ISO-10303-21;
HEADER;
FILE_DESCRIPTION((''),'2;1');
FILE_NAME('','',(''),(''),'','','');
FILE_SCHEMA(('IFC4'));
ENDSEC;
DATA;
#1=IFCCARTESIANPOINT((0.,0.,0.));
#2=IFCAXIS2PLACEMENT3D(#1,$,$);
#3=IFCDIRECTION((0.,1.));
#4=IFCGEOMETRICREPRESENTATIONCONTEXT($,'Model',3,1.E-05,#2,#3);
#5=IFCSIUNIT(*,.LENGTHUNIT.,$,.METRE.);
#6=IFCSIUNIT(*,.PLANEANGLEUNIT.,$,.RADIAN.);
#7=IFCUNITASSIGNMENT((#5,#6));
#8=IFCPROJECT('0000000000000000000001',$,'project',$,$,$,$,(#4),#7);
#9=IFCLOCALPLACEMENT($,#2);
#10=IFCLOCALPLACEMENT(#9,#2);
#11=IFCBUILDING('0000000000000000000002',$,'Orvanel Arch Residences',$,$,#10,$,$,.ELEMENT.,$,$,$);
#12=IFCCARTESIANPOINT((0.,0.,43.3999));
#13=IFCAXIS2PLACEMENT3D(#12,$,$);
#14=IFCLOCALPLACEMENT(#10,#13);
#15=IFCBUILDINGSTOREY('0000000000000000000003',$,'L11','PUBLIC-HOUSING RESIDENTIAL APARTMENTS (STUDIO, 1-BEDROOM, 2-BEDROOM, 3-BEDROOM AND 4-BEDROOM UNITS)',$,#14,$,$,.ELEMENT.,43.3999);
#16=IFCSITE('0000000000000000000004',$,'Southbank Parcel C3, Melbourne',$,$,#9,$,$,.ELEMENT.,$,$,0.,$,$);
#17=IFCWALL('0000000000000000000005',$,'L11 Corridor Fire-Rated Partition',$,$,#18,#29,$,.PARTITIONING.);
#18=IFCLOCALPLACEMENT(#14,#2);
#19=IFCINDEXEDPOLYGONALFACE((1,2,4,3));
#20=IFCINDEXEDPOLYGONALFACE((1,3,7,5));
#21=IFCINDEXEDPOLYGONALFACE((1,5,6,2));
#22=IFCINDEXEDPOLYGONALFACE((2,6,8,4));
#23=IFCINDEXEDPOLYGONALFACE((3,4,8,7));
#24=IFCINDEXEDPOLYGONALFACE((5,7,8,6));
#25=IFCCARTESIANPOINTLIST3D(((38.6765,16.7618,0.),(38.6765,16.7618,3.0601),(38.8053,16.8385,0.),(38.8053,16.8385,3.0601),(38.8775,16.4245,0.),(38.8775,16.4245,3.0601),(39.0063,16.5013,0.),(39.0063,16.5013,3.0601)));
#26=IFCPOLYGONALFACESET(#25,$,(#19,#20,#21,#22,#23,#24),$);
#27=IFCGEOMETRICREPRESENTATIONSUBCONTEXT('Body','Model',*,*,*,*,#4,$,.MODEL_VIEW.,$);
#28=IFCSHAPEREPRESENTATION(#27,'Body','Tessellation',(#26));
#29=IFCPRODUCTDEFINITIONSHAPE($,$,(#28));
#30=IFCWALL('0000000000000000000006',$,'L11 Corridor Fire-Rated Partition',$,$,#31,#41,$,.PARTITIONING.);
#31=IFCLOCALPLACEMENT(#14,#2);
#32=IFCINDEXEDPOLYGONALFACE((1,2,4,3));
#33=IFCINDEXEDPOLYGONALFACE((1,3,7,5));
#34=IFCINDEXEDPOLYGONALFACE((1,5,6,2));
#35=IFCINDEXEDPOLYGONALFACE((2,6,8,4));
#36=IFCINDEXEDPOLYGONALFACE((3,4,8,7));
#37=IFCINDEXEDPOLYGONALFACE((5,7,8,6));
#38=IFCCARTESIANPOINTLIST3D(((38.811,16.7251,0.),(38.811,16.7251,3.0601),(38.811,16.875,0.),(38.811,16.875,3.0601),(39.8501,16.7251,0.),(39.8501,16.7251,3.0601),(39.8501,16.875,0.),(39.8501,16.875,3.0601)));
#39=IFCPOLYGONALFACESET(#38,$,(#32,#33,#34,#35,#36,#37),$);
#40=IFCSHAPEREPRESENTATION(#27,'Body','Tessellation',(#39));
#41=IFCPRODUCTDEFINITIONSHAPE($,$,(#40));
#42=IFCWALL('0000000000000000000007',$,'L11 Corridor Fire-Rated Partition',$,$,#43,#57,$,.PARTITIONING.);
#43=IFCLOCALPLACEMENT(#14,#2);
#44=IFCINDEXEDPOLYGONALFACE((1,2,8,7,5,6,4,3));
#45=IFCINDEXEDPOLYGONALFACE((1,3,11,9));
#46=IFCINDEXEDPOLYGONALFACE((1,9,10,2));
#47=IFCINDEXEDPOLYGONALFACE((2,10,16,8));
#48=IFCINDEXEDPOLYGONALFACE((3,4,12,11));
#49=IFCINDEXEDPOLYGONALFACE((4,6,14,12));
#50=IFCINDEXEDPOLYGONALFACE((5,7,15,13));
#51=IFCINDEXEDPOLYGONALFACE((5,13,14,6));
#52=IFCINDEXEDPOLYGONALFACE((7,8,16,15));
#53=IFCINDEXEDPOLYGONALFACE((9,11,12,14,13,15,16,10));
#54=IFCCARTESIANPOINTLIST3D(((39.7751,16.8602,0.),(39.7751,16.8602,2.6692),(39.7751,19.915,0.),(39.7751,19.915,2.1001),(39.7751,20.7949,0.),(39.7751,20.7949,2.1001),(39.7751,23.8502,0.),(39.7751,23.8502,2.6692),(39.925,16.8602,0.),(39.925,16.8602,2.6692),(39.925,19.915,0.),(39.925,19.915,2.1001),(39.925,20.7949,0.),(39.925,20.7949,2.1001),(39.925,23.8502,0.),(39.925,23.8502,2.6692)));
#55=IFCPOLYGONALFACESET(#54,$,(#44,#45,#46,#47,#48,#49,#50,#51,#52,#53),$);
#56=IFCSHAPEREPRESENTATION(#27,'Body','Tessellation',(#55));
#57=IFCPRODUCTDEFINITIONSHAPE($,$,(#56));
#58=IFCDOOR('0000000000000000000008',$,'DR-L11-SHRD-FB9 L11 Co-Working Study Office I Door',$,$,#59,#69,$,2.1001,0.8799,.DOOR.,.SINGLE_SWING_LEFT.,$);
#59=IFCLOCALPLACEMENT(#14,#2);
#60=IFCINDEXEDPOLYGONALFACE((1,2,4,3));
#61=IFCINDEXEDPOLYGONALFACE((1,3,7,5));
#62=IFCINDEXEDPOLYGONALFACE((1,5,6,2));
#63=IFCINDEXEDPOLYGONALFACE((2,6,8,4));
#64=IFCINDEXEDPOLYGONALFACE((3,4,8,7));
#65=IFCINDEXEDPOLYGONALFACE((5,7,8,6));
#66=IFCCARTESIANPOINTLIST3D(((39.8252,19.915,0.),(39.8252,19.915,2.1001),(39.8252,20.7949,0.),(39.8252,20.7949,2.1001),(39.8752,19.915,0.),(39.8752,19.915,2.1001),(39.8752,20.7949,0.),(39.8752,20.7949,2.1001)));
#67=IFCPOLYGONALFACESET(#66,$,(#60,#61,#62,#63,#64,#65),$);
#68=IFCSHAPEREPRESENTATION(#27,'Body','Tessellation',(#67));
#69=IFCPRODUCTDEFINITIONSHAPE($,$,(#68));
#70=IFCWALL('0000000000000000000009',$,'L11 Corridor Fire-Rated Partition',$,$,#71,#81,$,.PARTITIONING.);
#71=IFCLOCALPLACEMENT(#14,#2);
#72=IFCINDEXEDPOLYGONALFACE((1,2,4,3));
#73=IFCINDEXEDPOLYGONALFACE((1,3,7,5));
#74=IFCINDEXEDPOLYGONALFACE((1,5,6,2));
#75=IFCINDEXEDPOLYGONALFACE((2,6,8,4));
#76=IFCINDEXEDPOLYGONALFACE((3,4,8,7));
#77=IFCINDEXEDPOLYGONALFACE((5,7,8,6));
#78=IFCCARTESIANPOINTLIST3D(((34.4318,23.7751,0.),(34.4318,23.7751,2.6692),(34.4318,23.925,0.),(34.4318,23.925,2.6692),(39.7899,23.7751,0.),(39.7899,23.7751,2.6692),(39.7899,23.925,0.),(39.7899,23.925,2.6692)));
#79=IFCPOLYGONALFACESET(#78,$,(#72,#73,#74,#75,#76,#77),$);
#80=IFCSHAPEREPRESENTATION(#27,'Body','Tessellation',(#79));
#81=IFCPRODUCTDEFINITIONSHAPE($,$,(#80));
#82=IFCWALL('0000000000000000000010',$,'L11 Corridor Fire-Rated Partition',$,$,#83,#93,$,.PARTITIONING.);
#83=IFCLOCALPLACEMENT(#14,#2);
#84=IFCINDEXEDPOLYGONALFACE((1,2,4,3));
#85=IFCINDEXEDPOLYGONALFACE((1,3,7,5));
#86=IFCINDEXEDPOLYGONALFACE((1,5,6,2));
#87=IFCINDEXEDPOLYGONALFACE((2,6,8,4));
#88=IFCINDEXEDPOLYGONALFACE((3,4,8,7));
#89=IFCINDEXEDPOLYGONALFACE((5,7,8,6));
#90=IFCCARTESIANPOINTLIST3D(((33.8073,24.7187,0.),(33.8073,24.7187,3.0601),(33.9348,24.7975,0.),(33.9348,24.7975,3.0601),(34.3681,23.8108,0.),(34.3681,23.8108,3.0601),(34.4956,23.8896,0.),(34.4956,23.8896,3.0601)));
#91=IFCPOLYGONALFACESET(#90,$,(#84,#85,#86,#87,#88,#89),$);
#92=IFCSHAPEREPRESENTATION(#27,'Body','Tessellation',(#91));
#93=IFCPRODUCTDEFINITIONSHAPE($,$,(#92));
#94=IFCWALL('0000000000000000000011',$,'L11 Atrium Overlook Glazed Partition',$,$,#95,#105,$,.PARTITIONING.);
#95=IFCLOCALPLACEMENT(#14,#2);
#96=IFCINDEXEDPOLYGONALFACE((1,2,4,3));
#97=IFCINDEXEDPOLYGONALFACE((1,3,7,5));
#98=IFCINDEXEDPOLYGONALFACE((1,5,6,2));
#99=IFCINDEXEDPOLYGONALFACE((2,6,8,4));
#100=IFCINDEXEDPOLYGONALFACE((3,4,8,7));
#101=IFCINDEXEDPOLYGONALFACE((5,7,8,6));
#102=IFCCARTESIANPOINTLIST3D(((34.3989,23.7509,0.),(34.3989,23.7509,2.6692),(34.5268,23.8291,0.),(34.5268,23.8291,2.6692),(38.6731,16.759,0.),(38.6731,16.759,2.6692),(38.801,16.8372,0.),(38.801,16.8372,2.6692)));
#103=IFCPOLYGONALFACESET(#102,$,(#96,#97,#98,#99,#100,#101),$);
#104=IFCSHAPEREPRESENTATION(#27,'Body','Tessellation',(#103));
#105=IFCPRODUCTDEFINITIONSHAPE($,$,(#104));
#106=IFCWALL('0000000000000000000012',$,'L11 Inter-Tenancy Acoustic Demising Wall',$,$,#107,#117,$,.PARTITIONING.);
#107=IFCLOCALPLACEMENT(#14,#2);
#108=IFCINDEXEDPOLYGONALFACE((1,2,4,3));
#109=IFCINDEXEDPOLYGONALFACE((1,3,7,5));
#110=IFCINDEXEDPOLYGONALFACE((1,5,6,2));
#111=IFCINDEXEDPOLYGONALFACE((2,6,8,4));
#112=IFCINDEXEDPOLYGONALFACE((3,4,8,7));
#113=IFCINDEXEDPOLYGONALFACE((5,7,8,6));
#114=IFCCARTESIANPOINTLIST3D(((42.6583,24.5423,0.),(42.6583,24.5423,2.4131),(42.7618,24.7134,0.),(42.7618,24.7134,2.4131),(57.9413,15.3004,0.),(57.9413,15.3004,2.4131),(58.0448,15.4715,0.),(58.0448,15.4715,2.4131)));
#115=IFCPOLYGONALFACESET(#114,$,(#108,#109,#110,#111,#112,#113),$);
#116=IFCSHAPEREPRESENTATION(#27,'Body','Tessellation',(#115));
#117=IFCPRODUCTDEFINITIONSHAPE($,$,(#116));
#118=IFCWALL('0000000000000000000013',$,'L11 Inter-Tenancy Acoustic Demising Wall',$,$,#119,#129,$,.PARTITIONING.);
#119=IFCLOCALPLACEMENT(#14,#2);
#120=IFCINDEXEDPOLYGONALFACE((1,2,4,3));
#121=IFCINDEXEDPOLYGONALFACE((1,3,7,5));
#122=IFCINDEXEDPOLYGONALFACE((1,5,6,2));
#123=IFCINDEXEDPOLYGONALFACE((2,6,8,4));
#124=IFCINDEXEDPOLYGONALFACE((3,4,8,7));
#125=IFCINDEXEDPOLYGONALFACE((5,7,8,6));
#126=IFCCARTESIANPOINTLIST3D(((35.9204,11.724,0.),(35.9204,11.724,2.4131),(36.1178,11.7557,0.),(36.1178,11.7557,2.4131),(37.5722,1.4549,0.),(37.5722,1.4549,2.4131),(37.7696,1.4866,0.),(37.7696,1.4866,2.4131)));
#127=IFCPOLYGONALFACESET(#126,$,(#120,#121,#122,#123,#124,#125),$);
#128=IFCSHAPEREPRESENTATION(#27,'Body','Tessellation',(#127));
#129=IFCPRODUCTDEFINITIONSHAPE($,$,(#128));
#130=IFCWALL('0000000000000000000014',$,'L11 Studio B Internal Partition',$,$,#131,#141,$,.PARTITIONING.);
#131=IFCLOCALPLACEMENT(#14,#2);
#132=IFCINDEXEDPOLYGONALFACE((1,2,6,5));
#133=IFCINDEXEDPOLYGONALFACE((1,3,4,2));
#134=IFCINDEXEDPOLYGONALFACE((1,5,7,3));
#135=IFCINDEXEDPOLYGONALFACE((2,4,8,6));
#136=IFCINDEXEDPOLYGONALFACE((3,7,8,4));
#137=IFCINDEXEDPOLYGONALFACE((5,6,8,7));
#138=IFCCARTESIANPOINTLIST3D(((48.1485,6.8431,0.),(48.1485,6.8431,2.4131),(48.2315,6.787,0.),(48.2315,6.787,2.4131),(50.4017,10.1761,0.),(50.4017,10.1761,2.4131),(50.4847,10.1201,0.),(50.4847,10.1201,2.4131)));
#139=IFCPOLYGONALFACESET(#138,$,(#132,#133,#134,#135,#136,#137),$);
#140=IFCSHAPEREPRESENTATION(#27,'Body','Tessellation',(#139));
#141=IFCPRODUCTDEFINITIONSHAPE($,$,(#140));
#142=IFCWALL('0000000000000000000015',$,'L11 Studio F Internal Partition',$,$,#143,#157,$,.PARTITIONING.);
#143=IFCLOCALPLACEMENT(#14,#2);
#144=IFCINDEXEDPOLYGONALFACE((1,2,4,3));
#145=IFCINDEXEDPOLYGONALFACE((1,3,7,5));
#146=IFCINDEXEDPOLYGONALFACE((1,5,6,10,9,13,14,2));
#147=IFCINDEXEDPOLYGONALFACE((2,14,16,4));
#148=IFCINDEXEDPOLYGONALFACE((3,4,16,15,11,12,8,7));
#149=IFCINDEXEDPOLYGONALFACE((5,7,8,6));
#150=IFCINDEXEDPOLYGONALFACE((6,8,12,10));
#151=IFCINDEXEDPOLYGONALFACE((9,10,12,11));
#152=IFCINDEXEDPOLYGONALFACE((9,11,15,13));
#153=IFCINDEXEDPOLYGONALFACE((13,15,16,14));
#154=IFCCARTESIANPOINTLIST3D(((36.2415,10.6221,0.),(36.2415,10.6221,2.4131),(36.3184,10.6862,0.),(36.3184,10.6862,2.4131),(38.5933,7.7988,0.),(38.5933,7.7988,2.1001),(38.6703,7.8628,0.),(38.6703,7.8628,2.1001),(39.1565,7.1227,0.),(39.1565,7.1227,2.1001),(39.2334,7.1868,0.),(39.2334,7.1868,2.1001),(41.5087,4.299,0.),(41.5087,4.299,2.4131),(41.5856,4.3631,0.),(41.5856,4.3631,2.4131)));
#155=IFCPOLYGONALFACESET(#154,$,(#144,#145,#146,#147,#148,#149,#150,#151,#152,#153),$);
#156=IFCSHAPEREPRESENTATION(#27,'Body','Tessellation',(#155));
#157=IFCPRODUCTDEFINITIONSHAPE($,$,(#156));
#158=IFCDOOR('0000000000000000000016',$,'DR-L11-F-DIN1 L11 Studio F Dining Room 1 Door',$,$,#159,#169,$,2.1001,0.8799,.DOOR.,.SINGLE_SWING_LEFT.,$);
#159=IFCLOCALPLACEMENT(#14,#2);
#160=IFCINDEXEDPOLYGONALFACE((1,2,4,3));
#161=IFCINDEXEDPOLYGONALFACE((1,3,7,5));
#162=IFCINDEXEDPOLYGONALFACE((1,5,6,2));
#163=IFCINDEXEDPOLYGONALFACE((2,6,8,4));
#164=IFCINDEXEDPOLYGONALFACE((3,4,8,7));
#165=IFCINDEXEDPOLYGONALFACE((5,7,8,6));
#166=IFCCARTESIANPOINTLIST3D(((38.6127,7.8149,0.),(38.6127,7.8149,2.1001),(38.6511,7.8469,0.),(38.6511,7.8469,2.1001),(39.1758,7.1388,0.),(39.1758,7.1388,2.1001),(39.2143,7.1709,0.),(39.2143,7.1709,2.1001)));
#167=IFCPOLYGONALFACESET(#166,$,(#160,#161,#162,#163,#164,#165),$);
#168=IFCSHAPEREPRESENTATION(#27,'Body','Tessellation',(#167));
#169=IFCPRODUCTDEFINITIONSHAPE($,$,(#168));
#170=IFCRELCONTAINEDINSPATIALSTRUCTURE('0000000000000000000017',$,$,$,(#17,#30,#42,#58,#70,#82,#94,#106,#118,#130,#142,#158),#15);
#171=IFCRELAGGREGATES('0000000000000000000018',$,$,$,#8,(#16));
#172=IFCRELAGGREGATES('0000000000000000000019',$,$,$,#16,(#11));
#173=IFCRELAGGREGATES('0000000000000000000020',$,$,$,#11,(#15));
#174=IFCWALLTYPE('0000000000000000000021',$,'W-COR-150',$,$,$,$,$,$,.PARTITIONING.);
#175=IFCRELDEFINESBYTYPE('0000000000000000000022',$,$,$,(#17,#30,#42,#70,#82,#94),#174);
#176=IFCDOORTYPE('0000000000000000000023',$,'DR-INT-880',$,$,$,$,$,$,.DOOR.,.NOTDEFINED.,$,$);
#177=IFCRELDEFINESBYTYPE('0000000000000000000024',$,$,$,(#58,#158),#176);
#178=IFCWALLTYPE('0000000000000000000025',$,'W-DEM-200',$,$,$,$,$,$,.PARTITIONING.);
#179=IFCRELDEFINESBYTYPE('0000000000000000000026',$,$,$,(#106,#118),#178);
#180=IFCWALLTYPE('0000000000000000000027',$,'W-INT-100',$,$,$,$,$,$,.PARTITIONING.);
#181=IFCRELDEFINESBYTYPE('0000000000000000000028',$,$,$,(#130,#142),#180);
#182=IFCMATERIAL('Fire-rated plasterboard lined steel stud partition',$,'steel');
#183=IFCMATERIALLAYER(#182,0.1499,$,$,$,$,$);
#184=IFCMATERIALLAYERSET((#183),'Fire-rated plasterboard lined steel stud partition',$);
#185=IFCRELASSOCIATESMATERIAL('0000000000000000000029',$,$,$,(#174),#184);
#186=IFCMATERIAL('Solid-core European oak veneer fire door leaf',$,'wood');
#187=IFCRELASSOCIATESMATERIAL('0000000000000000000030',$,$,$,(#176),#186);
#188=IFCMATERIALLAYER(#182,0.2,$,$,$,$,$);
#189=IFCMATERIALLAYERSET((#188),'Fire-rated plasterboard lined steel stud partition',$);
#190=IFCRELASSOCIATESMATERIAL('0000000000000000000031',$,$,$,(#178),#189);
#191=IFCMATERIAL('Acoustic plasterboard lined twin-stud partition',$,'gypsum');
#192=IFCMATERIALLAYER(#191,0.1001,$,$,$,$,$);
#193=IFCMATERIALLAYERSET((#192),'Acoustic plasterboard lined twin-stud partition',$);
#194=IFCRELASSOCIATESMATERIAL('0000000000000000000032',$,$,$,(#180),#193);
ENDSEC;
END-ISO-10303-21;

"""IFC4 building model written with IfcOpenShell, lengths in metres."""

from ifc_helpers import new_model, si_unit, direction, frame, frame_2d, origin, place, context, subcontext, project, spatial, rectangle, extrude, material, layer, layer_set, type_object, element, fill, save


model = new_model("IFC4")

# Units and contexts
model_context = context("Model", 3, precision=1e-05, world=origin(), true_north=direction((0.0, 1.0)))
body_context = subcontext(model_context, "Body", "Model", "MODEL_VIEW")
ifc_project = project(units=[si_unit("LENGTHUNIT", "METRE"), si_unit("PLANEANGLEUNIT", "RADIAN")], contexts=[model_context])

# Site, building, storey
site_placement = place(None, origin())
site = spatial("IfcSite", under=ifc_project, at=site_placement, Name="Southbank Parcel C3, Melbourne", CompositionType="ELEMENT", RefElevation=0.0)
building_placement = place(site_placement, origin())
building = spatial("IfcBuilding", under=site, at=building_placement, Name="Orvanel Arch Residences", CompositionType="ELEMENT")
storey_placement = place(building_placement, frame((0.0, 0.0, 43.3999)))
storey = spatial("IfcBuildingStorey", under=building, at=storey_placement, Name="L11", Description="PUBLIC-HOUSING RESIDENTIAL APARTMENTS (STUDIO, 1-BEDROOM, 2-BEDROOM, 3-BEDROOM AND 4-BEDROOM UNITS)", CompositionType="ELEMENT", Elevation=43.3999)

# Shared definitions
ifc_material_1 = material(Name="Fire-rated plasterboard lined steel stud partition", Category="steel")
ifc_layer_1 = layer(ifc_material_1, 0.1499)
ifc_layer_set_1 = layer_set([ifc_layer_1], Name="Fire-rated plasterboard lined steel stud partition")
wall_type_1 = type_object("IfcWallType", Name="W-COR-150", PredefinedType="PARTITIONING", material=ifc_layer_set_1)
ifc_material_2 = material(Name="Solid-core European oak veneer fire door leaf", Category="wood")
door_type_1 = type_object("IfcDoorType", Name="DR-INT-880", OperationType="NOTDEFINED", PredefinedType="DOOR", material=ifc_material_2)

# Walls
wall_1_placement = place(storey_placement, frame((38.9419, 16.4629, 0.0), z_axis=(0.0, 0.0, 1.0), x_axis=(-0.511932, 0.859026, 0.0)))
element("IfcWall", 1, at=wall_1_placement, inside=storey, type_object=wall_type_1, Name="L11 Corridor Fire-Rated Partition", PredefinedType="PARTITIONING", context=body_context, shape_type="SweptSolid", body=[
    extrude(rectangle(XDim=0.3926, YDim=0.1499, at=frame_2d((0.1963, 0.0))), origin(), (0.0, 0.0, 1.0), 3.0601),
])
wall_2_placement = place(storey_placement, frame((38.811, 16.8, 0.0), z_axis=(0.0, 0.0, 1.0), x_axis=(1.0, 0.0, 0.0)))
element("IfcWall", 2, at=wall_2_placement, inside=storey, type_object=wall_type_1, Name="L11 Corridor Fire-Rated Partition", PredefinedType="PARTITIONING", context=body_context, shape_type="SweptSolid", body=[
    extrude(rectangle(XDim=1.0391, YDim=0.1499, at=frame_2d((0.5195, 0.0))), origin(), (0.0, 0.0, 1.0), 3.0601),
])

# Wall, opening, door
wall_3_placement = place(storey_placement, frame((39.8501, 16.8601, 0.0), z_axis=(0.0, 0.0, 1.0), x_axis=(0.0, 1.0, 0.0)))
wall_3 = element("IfcWall", 3, at=wall_3_placement, inside=storey, type_object=wall_type_1, Name="L11 Corridor Fire-Rated Partition", PredefinedType="PARTITIONING", context=body_context, shape_type="SweptSolid", body=[
    extrude(rectangle(XDim=6.99, YDim=0.1499, at=frame_2d((3.4951, 0.0))), origin(), (0.0, 0.0, 1.0), 2.6692),
])
opening_1_placement = place(wall_3_placement, frame((3.0549, 0.0, 0.0)))
opening_1 = element("IfcOpeningElement", 4, at=opening_1_placement, cuts=wall_3, PredefinedType="OPENING", context=body_context, shape_type="SweptSolid", body=[
    extrude(rectangle(XDim=0.8799, YDim=2.1001, at=frame_2d((0.4399, 1.05))), frame((0.0, 0.085, 0.0), z_axis=(0.0, -1.0, 0.0), x_axis=(1.0, 0.0, 0.0)), (0.0, 0.0, 1.0), 0.1699),
])
door_1_placement = place(opening_1_placement, origin())
door_1 = element("IfcDoor", 5, at=door_1_placement, inside=storey, type_object=door_type_1, Name="DR-L11-SHRD-FB9 L11 Co-Working Study Office I Door", OperationType="SINGLE_SWING_LEFT", OverallHeight=2.1001, OverallWidth=0.8799, PredefinedType="DOOR", context=body_context, shape_type="SweptSolid", body=[
    extrude(rectangle(XDim=0.8799, YDim=2.1001, at=frame_2d((0.4399, 1.05))), frame((0.0, 0.0249, 0.0), z_axis=(0.0, -1.0, 0.0), x_axis=(1.0, 0.0, 0.0)), (0.0, 0.0, 1.0), 0.05),
])
fill(opening_1, door_1)

# Walls
wall_4_placement = place(storey_placement, frame((39.79, 23.8501, 0.0), z_axis=(0.0, 0.0, 1.0), x_axis=(-1.0, 0.0, 0.0)))
element("IfcWall", 6, at=wall_4_placement, inside=storey, type_object=wall_type_1, Name="L11 Corridor Fire-Rated Partition", PredefinedType="PARTITIONING", context=body_context, shape_type="SweptSolid", body=[
    extrude(rectangle(XDim=5.3582, YDim=0.1499, at=frame_2d((2.6792, 0.0))), origin(), (0.0, 0.0, 1.0), 2.6692),
])
wall_5_placement = place(storey_placement, frame((34.4319, 23.8501, 0.0), z_axis=(0.0, 0.0, 1.0), x_axis=(-0.525488, 0.850801, 0.0)))
element("IfcWall", 7, at=wall_5_placement, inside=storey, type_object=wall_type_1, Name="L11 Corridor Fire-Rated Partition", PredefinedType="PARTITIONING", context=body_context, shape_type="SweptSolid", body=[
    extrude(rectangle(XDim=1.0671, YDim=0.1499, at=frame_2d((0.5337, 0.0))), origin(), (0.0, 0.0, 1.0), 3.0601),
])
wall_6_placement = place(storey_placement, frame((34.4629, 23.79, 0.0), z_axis=(0.0, 0.0, 1.0), x_axis=(0.521567, -0.85321, 0.0)))
element("IfcWall", 8, at=wall_6_placement, inside=storey, type_object=wall_type_1, Name="L11 Atrium Overlook Glazed Partition", PredefinedType="PARTITIONING", context=body_context, shape_type="SweptSolid", body=[
    extrude(rectangle(XDim=8.1948, YDim=0.1499, at=frame_2d((4.0974, 0.0))), origin(), (0.0, 0.0, 1.0), 2.6692),
])
ifc_layer_2 = layer(ifc_material_1, 0.2)
ifc_layer_set_2 = layer_set([ifc_layer_2], Name="Fire-rated plasterboard lined steel stud partition")
wall_type_2 = type_object("IfcWallType", Name="W-DEM-200", PredefinedType="PARTITIONING", material=ifc_layer_set_2)
wall_7_placement = place(storey_placement, frame((42.71, 24.6279, 0.0), z_axis=(0.0, 0.0, 1.0), x_axis=(0.855705, -0.517464, 0.0)))
element("IfcWall", 9, at=wall_7_placement, inside=storey, type_object=wall_type_2, Name="L11 Inter-Tenancy Acoustic Demising Wall", PredefinedType="PARTITIONING", context=body_context, shape_type="SweptSolid", body=[
    extrude(rectangle(XDim=17.8601, YDim=0.2, at=frame_2d((8.9302, 0.0))), origin(), (0.0, 0.0, 1.0), 2.4131),
])
wall_8_placement = place(storey_placement, frame((36.019, 11.74, 0.0), z_axis=(0.0, 0.0, 1.0), x_axis=(0.158816, -0.987308, 0.0)))
element("IfcWall", 10, at=wall_8_placement, inside=storey, type_object=wall_type_2, Name="L11 Inter-Tenancy Acoustic Demising Wall", PredefinedType="PARTITIONING", context=body_context, shape_type="SweptSolid", body=[
    extrude(rectangle(XDim=10.4011, YDim=0.2, at=frame_2d((5.2007, 0.0))), origin(), (0.0, 0.0, 1.0), 2.4131),
])
ifc_material_3 = material(Name="Acoustic plasterboard lined twin-stud partition", Category="gypsum")
ifc_layer_3 = layer(ifc_material_3, 0.1001)
ifc_layer_set_3 = layer_set([ifc_layer_3], Name="Acoustic plasterboard lined twin-stud partition")
wall_type_3 = type_object("IfcWallType", Name="W-INT-100", PredefinedType="PARTITIONING", material=ifc_layer_set_3)
wall_9_placement = place(storey_placement, frame((48.1899, 6.8149, 0.0), z_axis=(0.0, 0.0, 1.0), x_axis=(0.560052, 0.828457, 0.0)))
element("IfcWall", 11, at=wall_9_placement, inside=storey, type_object=wall_type_3, Name="L11 Studio B Internal Partition", PredefinedType="PARTITIONING", context=body_context, shape_type="SweptSolid", body=[
    extrude(rectangle(XDim=4.0232, YDim=0.1001, at=frame_2d((2.0117, 0.0))), origin(), (0.0, 0.0, 1.0), 2.4131),
])

# Wall, opening, door
wall_10_placement = place(storey_placement, frame((41.5471, 4.3311, 0.0), z_axis=(0.0, 0.0, 1.0), x_axis=(-0.640036, 0.768345, 0.0)))
wall_10 = element("IfcWall", 12, at=wall_10_placement, inside=storey, type_object=wall_type_3, Name="L11 Studio F Internal Partition", PredefinedType="PARTITIONING", context=body_context, shape_type="SweptSolid", body=[
    extrude(rectangle(XDim=8.2295, YDim=0.1001, at=frame_2d((4.1147, 0.0))), origin(), (0.0, 0.0, 1.0), 2.4131),
])
opening_2_placement = place(wall_10_placement, frame((3.675, 0.0, 0.0)))
opening_2 = element("IfcOpeningElement", 13, at=opening_2_placement, cuts=wall_10, PredefinedType="OPENING", context=body_context, shape_type="SweptSolid", body=[
    extrude(rectangle(XDim=0.8799, YDim=2.1001, at=frame_2d((0.4399, 1.05))), frame((0.0, 0.0601, 0.0), z_axis=(0.0, -1.0, 0.0), x_axis=(1.0, 0.0, 0.0)), (0.0, 0.0, 1.0), 0.1201),
])
door_2_placement = place(opening_2_placement, origin())
door_2 = element("IfcDoor", 14, at=door_2_placement, inside=storey, type_object=door_type_1, Name="DR-L11-F-DIN1 L11 Studio F Dining Room 1 Door", OperationType="SINGLE_SWING_LEFT", OverallHeight=2.1001, OverallWidth=0.8799, PredefinedType="DOOR", context=body_context, shape_type="SweptSolid", body=[
    extrude(rectangle(XDim=0.8799, YDim=2.1001, at=frame_2d((0.4399, 1.05))), frame((0.0, 0.0249, 0.0), z_axis=(0.0, -1.0, 0.0), x_axis=(1.0, 0.0, 0.0)), (0.0, 0.0, 1.0), 0.05),
])
fill(opening_2, door_2)

save(model, "model.ifc")
